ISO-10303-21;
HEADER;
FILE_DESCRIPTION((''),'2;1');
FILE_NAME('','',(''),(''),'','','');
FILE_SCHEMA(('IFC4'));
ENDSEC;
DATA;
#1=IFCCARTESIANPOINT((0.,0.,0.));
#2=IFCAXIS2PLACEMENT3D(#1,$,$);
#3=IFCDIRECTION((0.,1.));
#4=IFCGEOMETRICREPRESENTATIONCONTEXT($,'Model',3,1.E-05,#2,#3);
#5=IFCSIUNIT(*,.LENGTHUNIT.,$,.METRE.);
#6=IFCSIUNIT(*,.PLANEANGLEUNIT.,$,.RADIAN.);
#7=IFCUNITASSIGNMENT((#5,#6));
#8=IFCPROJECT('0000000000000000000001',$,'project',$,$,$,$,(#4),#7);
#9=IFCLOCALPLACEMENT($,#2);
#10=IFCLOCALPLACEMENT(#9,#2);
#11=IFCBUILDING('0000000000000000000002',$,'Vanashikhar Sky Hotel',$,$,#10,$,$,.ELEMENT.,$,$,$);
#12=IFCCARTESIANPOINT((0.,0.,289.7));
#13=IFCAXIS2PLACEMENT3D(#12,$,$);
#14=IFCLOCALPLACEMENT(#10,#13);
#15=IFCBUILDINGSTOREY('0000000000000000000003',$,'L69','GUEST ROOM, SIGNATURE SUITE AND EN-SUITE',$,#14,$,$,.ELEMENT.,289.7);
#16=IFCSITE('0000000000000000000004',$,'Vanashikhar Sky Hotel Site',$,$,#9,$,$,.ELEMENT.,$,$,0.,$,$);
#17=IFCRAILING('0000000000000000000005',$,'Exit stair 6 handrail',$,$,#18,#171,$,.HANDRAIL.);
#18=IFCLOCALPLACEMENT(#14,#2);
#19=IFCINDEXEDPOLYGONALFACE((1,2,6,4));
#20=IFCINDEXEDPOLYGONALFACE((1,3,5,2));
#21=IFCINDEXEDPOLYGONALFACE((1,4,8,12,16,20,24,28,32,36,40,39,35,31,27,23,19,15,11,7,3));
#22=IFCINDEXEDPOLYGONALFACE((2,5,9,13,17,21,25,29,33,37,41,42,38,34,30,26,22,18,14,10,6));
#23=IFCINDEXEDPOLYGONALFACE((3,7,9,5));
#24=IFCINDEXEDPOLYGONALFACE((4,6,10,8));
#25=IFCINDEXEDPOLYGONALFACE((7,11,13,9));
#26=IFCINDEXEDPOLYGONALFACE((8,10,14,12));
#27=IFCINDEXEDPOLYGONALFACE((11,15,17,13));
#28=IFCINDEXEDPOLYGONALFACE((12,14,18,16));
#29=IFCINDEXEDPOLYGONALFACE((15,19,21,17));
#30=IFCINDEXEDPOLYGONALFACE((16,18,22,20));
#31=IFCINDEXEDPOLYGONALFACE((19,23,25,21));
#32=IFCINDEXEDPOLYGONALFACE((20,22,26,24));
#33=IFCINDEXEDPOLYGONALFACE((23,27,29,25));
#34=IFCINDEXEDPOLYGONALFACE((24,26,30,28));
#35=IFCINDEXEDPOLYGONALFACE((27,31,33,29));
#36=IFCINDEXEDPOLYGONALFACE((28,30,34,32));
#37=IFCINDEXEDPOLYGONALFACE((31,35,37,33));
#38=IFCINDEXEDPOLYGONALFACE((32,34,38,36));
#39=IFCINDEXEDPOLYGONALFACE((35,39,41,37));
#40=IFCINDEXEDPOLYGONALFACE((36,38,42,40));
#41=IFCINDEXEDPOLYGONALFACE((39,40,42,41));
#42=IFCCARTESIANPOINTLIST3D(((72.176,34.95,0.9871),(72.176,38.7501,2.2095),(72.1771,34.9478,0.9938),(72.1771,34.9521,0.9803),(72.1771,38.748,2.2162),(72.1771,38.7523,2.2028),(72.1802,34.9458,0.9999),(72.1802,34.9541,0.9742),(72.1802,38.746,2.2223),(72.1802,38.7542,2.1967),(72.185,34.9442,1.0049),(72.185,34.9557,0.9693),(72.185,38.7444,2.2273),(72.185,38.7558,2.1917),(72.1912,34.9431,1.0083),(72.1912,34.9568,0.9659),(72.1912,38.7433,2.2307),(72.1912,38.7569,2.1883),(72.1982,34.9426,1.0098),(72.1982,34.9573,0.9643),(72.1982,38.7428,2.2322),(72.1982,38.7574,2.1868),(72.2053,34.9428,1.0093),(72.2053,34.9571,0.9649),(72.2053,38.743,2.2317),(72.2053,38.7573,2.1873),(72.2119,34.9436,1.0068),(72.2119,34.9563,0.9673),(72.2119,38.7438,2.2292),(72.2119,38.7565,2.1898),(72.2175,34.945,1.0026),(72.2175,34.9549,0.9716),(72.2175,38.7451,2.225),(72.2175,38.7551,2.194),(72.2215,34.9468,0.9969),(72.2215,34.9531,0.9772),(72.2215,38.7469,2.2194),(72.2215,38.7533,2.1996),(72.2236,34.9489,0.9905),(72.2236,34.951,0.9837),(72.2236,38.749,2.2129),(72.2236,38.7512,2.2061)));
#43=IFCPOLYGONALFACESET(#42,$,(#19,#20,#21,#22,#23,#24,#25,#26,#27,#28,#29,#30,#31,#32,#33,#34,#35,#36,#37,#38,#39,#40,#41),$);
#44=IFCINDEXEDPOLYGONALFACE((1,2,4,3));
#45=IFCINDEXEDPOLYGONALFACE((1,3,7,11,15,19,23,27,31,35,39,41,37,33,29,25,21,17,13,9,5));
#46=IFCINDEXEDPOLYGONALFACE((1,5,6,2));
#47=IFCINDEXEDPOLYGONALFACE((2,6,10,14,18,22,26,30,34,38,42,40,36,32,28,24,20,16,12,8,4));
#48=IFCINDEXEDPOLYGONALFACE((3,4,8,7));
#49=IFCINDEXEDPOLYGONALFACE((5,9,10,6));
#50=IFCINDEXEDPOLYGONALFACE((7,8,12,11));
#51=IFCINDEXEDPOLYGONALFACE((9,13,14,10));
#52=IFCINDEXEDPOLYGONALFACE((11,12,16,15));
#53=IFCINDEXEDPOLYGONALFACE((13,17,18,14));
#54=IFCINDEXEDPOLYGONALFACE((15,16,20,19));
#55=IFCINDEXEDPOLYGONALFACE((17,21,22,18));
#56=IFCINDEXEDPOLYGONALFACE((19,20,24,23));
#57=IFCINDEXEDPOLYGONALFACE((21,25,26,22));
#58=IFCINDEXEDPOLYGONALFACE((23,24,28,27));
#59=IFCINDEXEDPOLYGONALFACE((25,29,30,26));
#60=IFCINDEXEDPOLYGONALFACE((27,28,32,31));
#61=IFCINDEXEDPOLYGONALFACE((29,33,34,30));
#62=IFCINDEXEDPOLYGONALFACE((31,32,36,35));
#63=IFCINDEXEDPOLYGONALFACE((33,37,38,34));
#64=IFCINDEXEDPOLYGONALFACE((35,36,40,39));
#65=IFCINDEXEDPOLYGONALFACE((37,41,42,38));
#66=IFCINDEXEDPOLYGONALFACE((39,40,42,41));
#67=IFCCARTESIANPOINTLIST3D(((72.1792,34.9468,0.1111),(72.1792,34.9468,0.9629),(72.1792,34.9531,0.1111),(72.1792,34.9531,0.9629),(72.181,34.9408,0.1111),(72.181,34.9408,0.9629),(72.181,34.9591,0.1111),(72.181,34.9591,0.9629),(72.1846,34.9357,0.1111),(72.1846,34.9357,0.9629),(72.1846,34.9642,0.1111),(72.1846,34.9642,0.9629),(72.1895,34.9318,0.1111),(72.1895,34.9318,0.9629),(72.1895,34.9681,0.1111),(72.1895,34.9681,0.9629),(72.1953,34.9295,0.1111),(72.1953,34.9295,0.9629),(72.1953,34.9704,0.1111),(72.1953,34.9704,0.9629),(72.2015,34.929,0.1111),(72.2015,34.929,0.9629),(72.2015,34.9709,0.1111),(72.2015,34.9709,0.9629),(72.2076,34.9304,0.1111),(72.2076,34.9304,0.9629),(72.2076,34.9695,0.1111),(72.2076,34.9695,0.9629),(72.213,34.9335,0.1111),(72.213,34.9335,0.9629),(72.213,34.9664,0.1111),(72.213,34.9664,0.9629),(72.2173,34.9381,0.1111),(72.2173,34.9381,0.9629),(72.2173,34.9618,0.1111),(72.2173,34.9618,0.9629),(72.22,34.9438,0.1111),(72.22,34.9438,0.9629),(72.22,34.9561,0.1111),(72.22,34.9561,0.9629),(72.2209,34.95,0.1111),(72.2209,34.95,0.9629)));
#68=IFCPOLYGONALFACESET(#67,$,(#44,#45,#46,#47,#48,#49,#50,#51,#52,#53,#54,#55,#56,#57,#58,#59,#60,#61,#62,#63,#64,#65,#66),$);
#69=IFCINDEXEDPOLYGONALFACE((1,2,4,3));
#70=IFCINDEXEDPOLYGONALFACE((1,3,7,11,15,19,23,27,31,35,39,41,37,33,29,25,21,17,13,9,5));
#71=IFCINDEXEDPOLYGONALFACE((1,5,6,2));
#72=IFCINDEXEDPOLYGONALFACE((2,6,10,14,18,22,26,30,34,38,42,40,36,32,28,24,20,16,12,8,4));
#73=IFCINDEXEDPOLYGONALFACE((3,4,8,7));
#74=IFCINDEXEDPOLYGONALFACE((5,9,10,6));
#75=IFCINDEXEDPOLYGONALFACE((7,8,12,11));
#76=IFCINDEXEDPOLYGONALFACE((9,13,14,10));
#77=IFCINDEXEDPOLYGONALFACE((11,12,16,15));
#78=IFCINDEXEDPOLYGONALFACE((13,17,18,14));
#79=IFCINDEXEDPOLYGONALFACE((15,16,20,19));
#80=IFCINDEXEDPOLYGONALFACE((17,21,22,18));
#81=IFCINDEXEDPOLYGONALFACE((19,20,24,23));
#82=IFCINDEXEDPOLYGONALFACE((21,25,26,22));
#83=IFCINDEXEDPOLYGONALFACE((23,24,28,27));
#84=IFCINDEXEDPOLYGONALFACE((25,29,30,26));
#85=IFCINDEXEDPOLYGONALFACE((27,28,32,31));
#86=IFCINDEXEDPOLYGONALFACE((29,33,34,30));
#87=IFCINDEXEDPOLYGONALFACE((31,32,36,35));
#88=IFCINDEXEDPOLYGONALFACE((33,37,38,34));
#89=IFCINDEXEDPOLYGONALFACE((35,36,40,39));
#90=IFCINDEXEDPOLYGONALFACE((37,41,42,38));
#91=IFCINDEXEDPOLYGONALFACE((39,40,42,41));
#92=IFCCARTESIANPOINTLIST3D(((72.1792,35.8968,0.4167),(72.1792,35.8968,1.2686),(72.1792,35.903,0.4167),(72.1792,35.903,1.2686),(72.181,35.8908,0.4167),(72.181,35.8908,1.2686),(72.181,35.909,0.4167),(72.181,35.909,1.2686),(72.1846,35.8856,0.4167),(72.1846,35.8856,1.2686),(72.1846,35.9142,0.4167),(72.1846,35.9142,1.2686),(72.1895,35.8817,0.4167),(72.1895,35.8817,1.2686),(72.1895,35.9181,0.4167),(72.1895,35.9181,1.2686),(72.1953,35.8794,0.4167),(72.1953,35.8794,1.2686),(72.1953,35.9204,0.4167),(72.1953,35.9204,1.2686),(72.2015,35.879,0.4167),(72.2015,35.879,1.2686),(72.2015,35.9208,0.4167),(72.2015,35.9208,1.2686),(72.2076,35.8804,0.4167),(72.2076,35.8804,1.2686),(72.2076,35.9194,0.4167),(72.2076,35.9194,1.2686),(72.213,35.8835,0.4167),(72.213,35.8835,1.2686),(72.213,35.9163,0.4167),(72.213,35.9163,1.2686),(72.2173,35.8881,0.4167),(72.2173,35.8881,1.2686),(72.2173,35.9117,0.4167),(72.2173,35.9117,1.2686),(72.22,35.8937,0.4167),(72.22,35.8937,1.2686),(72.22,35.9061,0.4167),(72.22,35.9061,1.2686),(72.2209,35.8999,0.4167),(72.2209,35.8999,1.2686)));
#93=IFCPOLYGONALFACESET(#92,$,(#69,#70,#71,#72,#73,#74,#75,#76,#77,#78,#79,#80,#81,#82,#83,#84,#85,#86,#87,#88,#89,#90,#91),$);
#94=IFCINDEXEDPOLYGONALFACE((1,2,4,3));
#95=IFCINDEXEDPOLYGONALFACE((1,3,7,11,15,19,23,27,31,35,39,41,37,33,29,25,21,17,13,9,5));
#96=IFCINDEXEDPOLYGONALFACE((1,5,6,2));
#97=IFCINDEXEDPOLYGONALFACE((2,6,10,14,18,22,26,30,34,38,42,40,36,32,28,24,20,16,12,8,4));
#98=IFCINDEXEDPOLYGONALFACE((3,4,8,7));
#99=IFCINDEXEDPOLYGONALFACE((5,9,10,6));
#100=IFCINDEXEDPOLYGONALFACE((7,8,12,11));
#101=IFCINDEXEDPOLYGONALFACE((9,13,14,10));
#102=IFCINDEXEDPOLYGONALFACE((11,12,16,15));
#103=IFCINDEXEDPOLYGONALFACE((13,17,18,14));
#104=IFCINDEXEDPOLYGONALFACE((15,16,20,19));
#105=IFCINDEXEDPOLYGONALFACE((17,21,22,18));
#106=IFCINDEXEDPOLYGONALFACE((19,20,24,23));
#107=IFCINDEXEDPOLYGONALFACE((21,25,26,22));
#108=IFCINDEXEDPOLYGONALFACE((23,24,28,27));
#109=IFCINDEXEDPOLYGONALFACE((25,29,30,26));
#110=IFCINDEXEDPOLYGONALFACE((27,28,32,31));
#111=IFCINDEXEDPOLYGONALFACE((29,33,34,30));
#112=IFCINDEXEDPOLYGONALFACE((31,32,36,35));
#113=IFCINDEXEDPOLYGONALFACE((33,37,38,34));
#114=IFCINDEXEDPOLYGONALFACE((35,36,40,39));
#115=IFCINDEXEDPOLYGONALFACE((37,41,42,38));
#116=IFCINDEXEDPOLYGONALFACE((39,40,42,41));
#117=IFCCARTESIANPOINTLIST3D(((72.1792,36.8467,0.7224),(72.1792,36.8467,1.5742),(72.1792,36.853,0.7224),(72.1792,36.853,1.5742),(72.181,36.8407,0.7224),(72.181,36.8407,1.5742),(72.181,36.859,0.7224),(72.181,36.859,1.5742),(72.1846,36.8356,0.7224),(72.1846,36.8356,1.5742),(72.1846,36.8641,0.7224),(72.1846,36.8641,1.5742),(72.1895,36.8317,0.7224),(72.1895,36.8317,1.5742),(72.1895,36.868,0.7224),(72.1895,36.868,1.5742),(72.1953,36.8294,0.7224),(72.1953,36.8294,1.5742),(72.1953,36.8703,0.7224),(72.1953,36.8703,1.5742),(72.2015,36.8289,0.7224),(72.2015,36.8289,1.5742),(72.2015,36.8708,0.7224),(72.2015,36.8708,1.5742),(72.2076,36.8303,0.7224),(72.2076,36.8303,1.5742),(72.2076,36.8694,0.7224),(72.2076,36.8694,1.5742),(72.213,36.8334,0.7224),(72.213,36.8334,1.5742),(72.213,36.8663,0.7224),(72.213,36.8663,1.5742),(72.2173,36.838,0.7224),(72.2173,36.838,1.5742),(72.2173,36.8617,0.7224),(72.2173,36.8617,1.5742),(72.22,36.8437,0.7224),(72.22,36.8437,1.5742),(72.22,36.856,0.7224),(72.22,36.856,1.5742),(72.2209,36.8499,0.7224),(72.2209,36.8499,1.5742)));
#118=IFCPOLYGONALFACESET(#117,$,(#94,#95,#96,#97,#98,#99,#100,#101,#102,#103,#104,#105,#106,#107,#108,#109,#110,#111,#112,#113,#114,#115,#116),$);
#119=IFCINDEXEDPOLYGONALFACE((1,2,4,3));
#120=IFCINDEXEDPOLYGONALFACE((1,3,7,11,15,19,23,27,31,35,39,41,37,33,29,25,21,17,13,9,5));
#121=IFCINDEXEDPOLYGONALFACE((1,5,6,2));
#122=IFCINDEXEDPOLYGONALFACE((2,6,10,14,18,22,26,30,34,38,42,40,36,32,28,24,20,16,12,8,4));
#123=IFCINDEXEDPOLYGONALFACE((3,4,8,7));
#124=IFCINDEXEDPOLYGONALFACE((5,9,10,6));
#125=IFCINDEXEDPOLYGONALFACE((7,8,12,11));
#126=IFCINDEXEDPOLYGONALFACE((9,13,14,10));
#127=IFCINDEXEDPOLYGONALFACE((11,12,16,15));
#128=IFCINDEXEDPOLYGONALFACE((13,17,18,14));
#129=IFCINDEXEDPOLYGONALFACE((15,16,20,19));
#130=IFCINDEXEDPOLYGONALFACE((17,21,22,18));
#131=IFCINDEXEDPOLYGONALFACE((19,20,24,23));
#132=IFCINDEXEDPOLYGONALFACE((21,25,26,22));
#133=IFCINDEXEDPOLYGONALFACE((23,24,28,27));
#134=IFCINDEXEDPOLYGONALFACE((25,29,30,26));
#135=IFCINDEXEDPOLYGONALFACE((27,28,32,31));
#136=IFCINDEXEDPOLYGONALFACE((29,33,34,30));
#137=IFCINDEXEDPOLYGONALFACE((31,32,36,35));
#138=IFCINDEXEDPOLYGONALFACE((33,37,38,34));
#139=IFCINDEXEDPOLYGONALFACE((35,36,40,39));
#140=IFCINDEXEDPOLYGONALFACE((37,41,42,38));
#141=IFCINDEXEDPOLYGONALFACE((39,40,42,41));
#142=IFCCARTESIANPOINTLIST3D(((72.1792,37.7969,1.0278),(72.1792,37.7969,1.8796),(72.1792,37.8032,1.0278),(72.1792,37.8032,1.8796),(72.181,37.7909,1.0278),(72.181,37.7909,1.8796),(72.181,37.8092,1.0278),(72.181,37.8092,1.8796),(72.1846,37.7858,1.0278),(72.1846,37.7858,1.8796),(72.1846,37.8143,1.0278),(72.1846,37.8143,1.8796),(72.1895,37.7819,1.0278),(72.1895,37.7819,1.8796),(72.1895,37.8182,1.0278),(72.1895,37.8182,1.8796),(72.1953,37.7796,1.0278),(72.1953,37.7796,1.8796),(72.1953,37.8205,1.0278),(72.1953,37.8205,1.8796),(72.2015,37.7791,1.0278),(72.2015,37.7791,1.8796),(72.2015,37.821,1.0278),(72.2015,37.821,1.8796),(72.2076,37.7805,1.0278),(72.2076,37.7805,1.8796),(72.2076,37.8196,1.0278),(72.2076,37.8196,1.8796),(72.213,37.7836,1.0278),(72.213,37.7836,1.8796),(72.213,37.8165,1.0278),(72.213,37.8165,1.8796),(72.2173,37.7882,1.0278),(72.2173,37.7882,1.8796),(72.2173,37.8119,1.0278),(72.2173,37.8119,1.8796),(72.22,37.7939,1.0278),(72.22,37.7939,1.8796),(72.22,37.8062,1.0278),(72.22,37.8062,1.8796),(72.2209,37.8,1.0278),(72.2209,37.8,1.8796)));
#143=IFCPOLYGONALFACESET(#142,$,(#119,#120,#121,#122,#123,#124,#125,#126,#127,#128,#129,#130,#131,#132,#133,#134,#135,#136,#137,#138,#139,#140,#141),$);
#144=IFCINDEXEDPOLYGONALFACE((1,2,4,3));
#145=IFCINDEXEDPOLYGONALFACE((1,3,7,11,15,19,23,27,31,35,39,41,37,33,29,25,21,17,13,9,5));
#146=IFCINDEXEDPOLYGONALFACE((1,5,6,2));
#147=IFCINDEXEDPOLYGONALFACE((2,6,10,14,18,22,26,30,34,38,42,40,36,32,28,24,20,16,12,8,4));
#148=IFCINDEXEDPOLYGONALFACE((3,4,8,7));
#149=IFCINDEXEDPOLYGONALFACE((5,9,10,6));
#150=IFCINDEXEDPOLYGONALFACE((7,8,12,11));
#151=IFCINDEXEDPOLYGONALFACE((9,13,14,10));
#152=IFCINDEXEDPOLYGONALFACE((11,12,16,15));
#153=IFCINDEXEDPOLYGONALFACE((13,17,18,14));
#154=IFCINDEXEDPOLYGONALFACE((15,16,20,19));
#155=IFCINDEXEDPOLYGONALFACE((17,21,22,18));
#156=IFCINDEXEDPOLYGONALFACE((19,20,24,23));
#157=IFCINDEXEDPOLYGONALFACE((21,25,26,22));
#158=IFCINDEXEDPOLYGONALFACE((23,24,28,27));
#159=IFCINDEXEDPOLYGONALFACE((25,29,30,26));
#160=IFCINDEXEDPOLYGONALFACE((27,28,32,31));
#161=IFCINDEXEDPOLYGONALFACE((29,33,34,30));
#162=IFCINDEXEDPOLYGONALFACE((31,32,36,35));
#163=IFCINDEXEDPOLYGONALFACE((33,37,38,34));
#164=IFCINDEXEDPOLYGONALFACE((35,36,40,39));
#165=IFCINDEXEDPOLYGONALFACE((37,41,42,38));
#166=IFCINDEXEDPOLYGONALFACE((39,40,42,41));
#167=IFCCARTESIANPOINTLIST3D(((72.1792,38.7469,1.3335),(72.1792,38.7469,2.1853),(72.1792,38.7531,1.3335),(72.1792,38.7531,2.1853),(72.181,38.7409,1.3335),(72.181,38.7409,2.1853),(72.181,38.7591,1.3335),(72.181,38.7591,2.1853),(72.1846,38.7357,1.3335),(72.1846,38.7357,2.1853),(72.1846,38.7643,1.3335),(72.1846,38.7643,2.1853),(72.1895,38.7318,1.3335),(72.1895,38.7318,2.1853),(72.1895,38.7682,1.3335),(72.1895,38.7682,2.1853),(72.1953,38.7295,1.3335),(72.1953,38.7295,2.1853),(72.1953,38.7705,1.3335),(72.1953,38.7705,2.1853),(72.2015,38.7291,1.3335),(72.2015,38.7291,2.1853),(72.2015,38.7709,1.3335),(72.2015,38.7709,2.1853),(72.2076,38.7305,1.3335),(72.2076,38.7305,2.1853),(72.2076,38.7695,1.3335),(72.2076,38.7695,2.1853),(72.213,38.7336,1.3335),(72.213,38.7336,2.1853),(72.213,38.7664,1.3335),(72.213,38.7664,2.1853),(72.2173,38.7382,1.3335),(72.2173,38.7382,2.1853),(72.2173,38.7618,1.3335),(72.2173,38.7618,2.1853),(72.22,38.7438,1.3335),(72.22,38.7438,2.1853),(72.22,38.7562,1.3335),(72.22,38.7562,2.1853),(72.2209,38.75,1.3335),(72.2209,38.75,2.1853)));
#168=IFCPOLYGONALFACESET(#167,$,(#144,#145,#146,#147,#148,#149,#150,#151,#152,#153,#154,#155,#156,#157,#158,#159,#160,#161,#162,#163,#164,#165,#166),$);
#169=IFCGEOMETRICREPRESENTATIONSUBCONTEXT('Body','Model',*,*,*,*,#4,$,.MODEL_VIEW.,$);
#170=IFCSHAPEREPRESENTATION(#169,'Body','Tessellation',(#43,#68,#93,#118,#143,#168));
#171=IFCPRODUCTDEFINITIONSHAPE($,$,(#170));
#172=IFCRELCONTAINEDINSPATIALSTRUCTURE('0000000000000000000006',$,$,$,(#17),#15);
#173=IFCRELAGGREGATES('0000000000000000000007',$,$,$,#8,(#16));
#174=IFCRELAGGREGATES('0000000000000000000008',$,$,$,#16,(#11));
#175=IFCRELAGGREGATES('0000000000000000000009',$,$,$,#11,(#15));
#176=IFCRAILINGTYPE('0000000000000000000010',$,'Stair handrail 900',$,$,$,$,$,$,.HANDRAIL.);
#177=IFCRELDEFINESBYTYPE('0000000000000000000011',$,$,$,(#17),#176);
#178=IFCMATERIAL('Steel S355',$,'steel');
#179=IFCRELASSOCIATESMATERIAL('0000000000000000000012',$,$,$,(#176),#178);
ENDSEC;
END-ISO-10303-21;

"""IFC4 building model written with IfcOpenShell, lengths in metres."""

from ifc_helpers import new_model, si_unit, direction, frame, origin, origin_2d, place, context, subcontext, project, spatial, circle, extrude, source, transform, mapped, material, type_object, element, save


model = new_model("IFC4")

# Units and contexts
model_context = context("Model", 3, precision=1e-05, world=origin(), true_north=direction((0.0, 1.0)))
body_context = subcontext(model_context, "Body", "Model", "MODEL_VIEW")
ifc_project = project(units=[si_unit("LENGTHUNIT", "METRE"), si_unit("PLANEANGLEUNIT", "RADIAN")], contexts=[model_context])

# Site, building, storey
site_placement = place(None, origin())
site = spatial("IfcSite", under=ifc_project, at=site_placement, Name="Vanashikhar Sky Hotel Site", CompositionType="ELEMENT", RefElevation=0.0)
building_placement = place(site_placement, origin())
building = spatial("IfcBuilding", under=site, at=building_placement, Name="Vanashikhar Sky Hotel", CompositionType="ELEMENT")
storey_placement = place(building_placement, frame((0.0, 0.0, 289.7)))
storey = spatial("IfcBuildingStorey", under=building, at=storey_placement, Name="L69", Description="GUEST ROOM, SIGNATURE SUITE AND EN-SUITE", CompositionType="ELEMENT", Elevation=289.7)

# Railing
ifc_material_1 = material(Name="Steel S355", Category="steel")
railing_type_1 = type_object("IfcRailingType", Name="Stair handrail 900", PredefinedType="HANDRAIL", material=ifc_material_1)
shared_shape_1 = source(origin(), body_context, "Body", "SweptSolid", [
    extrude(circle(Radius=0.0239, at=origin_2d()), frame((0.0, 0.0, 0.876), z_axis=(0.0, 0.951958, 0.306229), x_axis=(-1.0, 0.0, 0.0)), (0.0, 0.0, 1.0), 3.9919),
    extrude(circle(Radius=0.021, at=origin_2d()), origin(), (0.0, 0.0, 1.0), 0.8518),
    extrude(circle(Radius=0.021, at=origin_2d()), frame((0.0, 0.95, 0.3057)), (0.0, 0.0, 1.0), 0.8518),
    extrude(circle(Radius=0.021, at=origin_2d()), frame((0.0, 1.8999, 0.6113)), (0.0, 0.0, 1.0), 0.8518),
    extrude(circle(Radius=0.021, at=origin_2d()), frame((0.0, 2.8501, 0.9167)), (0.0, 0.0, 1.0), 0.8518),
    extrude(circle(Radius=0.021, at=origin_2d()), frame((0.0, 3.8, 1.2224)), (0.0, 0.0, 1.0), 0.8518),
])
railing_1_placement = place(storey_placement, frame((72.2, 34.95, 0.1111)))
element("IfcRailing", 1, at=railing_1_placement, inside=storey, type_object=railing_type_1, Name="Exit stair 6 handrail", PredefinedType="HANDRAIL", context=body_context, shape_type="MappedRepresentation", body=[
    mapped(shared_shape_1, transform((0.0, 0.0, 0.0), scale=1.0)),
])

save(model, "model.ifc")
